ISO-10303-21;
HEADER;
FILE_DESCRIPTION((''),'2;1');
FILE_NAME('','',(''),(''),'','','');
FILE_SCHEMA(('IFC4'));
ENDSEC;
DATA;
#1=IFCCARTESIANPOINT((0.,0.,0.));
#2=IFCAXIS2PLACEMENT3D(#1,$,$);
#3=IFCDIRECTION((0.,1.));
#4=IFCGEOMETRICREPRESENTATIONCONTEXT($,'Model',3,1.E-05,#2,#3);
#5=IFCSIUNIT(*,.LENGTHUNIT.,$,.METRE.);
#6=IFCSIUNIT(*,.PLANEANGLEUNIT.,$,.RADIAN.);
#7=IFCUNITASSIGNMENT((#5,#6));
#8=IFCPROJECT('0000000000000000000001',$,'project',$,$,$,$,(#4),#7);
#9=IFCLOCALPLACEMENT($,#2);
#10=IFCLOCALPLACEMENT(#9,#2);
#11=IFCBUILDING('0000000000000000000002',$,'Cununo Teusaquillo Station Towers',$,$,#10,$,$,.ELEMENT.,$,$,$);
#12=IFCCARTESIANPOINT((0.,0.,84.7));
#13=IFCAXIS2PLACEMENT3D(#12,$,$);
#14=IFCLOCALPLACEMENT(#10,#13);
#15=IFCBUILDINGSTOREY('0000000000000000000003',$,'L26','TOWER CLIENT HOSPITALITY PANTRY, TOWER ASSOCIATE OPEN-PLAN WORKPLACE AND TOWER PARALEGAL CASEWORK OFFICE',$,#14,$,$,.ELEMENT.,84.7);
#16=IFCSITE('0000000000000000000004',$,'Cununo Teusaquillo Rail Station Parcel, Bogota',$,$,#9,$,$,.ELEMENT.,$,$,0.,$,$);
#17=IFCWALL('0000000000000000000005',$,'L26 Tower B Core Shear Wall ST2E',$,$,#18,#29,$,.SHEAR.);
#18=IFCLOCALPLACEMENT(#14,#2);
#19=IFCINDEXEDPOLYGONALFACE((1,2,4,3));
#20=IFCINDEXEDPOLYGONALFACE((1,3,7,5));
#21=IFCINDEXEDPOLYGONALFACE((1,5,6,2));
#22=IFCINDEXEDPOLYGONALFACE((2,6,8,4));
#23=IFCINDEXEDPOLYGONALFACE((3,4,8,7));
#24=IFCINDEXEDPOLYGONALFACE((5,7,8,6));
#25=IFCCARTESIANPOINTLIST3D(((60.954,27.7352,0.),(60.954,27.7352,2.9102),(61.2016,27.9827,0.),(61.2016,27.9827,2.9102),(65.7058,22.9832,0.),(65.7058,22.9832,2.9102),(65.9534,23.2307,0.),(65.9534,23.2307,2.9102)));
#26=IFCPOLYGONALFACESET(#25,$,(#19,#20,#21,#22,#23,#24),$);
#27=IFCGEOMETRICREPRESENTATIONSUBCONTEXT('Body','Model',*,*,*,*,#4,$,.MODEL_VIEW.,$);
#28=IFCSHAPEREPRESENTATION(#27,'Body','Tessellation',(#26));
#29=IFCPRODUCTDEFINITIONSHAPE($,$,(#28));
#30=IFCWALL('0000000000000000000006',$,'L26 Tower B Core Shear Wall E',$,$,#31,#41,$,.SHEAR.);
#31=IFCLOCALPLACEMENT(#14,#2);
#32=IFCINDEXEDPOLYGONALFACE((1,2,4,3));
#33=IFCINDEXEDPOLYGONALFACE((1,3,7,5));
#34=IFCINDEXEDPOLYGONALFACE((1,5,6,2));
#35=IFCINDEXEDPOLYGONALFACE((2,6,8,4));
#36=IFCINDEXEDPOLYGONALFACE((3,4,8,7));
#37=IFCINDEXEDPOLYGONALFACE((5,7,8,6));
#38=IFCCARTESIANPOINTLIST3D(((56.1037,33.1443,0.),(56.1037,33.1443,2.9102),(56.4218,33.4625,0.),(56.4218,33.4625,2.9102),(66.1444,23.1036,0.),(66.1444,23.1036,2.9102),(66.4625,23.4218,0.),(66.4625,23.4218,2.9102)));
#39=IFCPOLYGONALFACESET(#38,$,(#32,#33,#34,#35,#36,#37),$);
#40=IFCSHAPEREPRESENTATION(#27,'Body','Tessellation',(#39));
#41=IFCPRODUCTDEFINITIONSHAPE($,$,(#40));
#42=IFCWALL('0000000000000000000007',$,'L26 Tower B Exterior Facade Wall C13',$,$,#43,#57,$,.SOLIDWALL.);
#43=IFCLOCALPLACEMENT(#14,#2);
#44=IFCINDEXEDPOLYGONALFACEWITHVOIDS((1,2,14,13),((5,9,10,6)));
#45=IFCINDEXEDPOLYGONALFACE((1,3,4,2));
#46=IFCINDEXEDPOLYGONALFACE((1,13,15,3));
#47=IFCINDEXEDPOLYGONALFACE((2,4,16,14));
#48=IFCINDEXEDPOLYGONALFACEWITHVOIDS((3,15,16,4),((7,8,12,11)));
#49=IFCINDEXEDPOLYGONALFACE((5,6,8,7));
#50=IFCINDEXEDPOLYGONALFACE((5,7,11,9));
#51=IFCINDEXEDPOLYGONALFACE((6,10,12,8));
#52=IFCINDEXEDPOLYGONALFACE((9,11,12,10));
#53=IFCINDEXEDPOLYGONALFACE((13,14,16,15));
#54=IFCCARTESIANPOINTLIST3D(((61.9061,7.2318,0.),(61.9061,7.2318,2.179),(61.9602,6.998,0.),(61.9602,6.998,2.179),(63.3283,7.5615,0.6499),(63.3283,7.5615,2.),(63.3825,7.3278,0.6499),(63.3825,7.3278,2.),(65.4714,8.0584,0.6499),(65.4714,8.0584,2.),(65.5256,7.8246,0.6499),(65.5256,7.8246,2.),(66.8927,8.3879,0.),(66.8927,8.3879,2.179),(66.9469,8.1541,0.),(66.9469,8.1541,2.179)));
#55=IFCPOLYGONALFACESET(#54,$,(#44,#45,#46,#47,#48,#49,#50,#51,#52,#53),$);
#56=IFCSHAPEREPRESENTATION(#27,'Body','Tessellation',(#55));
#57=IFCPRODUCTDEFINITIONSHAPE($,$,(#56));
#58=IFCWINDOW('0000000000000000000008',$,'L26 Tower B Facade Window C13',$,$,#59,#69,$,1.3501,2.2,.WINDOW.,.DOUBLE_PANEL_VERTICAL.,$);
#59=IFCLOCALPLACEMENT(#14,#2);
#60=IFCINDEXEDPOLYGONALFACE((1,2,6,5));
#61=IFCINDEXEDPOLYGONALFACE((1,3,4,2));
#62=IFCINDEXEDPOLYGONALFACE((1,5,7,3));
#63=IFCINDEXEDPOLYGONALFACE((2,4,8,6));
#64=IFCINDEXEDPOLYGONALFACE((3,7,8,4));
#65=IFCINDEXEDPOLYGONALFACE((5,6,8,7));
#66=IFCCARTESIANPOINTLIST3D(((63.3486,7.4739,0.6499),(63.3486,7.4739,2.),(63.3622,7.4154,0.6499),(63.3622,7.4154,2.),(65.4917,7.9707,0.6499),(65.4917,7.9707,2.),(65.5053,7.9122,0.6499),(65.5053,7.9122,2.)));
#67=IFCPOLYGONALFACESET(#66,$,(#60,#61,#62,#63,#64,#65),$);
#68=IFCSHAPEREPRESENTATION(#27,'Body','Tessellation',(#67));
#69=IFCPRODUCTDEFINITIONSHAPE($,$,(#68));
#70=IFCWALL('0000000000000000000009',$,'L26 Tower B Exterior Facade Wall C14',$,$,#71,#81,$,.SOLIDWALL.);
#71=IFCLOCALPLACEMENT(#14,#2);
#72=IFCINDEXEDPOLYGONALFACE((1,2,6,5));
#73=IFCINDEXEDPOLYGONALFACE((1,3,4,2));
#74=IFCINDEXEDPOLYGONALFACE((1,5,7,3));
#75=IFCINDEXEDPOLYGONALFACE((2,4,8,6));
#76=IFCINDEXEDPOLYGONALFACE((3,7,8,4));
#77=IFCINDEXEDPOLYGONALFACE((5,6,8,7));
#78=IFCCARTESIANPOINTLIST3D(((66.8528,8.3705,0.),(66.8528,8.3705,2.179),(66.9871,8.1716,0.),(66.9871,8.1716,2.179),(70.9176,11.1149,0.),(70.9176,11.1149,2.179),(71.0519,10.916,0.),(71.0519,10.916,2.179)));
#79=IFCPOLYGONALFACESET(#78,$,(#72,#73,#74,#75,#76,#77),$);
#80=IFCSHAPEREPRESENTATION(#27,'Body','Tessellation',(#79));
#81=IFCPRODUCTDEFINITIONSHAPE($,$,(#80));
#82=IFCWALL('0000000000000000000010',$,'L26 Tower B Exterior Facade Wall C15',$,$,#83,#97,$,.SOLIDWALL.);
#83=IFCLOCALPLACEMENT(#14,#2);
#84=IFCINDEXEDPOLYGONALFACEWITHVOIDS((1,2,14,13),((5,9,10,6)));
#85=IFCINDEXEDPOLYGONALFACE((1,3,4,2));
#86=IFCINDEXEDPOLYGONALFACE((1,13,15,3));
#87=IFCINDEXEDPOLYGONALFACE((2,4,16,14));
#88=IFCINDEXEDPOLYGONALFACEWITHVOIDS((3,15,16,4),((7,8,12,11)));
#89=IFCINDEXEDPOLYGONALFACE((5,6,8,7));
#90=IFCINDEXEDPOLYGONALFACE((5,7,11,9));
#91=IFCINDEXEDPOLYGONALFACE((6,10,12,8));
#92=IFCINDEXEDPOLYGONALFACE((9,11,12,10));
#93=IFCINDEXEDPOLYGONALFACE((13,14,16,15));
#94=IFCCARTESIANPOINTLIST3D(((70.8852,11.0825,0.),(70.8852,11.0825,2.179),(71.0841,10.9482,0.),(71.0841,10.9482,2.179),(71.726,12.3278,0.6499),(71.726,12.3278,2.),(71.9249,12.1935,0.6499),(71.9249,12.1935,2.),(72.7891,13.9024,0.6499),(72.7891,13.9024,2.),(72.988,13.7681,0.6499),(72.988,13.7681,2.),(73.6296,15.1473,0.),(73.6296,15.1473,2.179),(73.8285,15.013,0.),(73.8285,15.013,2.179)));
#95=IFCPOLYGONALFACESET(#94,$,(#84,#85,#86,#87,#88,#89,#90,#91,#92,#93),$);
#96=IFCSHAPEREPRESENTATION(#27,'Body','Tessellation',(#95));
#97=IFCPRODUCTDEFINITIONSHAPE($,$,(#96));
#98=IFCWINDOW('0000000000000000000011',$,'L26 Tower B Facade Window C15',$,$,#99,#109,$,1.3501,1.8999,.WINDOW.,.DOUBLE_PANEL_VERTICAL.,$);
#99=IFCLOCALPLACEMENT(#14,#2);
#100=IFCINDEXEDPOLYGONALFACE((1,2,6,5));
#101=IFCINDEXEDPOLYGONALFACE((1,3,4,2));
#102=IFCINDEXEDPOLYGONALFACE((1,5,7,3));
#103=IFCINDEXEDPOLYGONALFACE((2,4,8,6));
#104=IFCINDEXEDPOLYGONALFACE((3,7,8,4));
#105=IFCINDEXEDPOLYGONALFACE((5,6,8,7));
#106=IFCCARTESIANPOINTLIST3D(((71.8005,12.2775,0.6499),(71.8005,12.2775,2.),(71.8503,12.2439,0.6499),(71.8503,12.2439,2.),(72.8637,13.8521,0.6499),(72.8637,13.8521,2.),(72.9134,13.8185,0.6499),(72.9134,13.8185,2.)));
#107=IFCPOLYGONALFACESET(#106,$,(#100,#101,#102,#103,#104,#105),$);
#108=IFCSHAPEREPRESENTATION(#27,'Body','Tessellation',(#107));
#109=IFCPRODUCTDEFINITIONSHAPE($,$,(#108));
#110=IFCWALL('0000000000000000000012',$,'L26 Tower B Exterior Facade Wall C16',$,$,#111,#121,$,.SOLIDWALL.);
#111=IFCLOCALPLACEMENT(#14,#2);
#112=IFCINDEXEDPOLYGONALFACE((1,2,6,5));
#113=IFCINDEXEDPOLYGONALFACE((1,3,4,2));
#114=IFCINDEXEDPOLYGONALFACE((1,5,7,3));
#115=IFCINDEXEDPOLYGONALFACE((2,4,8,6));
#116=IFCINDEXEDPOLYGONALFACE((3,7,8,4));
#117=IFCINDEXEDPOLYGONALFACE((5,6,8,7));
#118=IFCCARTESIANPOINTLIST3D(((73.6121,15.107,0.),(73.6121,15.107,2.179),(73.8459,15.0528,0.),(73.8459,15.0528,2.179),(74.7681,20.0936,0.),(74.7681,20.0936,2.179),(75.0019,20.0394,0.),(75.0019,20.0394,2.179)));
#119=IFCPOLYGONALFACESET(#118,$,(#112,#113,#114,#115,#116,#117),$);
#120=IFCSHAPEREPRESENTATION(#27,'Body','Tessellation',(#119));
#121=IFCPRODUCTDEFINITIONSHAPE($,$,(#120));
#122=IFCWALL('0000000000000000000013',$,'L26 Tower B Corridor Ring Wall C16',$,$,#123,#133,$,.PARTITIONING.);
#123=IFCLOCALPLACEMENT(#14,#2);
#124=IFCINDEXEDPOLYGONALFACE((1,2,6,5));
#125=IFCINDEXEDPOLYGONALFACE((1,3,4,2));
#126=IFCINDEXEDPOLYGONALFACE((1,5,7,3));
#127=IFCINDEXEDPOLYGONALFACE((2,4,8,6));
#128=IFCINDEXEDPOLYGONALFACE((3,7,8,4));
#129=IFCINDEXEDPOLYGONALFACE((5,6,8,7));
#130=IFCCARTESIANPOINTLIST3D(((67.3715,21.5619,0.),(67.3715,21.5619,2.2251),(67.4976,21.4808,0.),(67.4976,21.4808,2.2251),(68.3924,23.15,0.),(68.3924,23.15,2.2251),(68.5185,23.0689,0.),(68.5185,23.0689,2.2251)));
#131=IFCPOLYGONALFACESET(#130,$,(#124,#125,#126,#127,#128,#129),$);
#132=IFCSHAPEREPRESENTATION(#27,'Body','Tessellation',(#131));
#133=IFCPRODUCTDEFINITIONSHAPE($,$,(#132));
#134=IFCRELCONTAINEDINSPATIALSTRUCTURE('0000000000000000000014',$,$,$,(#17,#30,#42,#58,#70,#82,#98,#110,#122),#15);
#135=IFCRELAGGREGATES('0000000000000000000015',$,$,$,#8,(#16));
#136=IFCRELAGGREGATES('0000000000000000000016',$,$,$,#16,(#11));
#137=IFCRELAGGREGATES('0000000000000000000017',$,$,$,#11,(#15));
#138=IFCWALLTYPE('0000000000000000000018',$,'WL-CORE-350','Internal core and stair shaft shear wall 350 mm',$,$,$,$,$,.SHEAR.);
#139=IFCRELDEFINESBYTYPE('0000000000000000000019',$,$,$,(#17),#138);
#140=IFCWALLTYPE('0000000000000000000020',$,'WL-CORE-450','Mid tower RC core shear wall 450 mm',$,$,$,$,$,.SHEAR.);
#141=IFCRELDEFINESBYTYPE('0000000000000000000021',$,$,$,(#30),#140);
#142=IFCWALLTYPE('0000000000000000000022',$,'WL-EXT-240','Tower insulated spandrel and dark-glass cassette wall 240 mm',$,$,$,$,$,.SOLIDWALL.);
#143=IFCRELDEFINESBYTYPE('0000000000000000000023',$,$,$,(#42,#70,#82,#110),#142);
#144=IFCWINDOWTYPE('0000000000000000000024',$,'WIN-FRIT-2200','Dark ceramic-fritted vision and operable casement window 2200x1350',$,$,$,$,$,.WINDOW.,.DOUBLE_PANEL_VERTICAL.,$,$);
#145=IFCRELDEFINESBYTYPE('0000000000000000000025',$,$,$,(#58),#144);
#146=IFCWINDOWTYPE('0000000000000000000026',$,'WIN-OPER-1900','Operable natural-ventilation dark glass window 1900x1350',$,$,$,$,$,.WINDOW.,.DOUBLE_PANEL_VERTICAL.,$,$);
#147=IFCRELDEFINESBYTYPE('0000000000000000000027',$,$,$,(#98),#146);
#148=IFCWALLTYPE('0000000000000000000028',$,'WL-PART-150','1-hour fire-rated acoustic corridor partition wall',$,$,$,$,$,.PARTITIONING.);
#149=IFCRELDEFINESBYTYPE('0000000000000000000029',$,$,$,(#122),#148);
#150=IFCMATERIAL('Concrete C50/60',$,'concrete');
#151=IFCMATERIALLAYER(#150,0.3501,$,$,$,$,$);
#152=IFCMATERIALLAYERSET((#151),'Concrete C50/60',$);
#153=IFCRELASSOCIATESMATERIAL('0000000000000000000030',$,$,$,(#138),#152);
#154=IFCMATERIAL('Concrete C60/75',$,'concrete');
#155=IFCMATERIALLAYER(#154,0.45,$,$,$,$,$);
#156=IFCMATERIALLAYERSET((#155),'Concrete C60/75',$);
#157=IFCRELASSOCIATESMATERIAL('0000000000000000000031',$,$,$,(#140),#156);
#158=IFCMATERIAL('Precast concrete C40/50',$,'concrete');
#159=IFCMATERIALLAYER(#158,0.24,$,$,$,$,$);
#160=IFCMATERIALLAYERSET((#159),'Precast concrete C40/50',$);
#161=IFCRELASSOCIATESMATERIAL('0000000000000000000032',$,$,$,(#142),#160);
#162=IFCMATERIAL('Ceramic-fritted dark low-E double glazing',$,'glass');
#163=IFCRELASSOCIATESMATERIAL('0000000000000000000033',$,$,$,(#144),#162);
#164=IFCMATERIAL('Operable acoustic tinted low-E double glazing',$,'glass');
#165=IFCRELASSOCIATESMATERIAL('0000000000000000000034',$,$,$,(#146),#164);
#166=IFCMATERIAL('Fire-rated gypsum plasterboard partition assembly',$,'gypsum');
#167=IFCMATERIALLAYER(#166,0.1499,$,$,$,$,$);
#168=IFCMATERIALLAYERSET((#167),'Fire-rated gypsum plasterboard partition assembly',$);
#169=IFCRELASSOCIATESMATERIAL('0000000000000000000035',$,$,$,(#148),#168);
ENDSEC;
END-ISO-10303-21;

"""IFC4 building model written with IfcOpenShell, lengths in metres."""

from ifc_helpers import new_model, si_unit, direction, frame, frame_2d, origin, place, context, subcontext, project, spatial, rectangle, extrude, source, transform, mapped, material, layer, layer_set, type_object, element, fill, save


model = new_model("IFC4")

# Units and contexts
model_context = context("Model", 3, precision=1e-05, world=origin(), true_north=direction((0.0, 1.0)))
body_context = subcontext(model_context, "Body", "Model", "MODEL_VIEW")
ifc_project = project(units=[si_unit("LENGTHUNIT", "METRE"), si_unit("PLANEANGLEUNIT", "RADIAN")], contexts=[model_context])

# Site, building, storey
site_placement = place(None, origin())
site = spatial("IfcSite", under=ifc_project, at=site_placement, Name="Cununo Teusaquillo Rail Station Parcel, Bogota", CompositionType="ELEMENT", RefElevation=0.0)
building_placement = place(site_placement, origin())
building = spatial("IfcBuilding", under=site, at=building_placement, Name="Cununo Teusaquillo Station Towers", CompositionType="ELEMENT")
storey_placement = place(building_placement, frame((0.0, 0.0, 84.7)))
storey = spatial("IfcBuildingStorey", under=building, at=storey_placement, Name="L26", Description="TOWER CLIENT HOSPITALITY PANTRY, TOWER ASSOCIATE OPEN-PLAN WORKPLACE AND TOWER PARALEGAL CASEWORK OFFICE", CompositionType="ELEMENT", Elevation=84.7)

# Walls
ifc_material_1 = material(Name="Concrete C50/60", Category="concrete")
ifc_layer_1 = layer(ifc_material_1, 0.3501)
ifc_layer_set_1 = layer_set([ifc_layer_1], Name="Concrete C50/60")
wall_type_1 = type_object("IfcWallType", Name="WL-CORE-350", Description="Internal core and stair shaft shear wall 350 mm", PredefinedType="SHEAR", material=ifc_layer_set_1)
wall_1_placement = place(storey_placement, frame((65.8296, 23.1069, 0.0), z_axis=(0.0, 0.0, 1.0), x_axis=(-0.707089, 0.707125, 0.0)))
element("IfcWall", 1, at=wall_1_placement, inside=storey, type_object=wall_type_1, Name="L26 Tower B Core Shear Wall ST2E", PredefinedType="SHEAR", context=body_context, shape_type="SweptSolid", body=[
    extrude(rectangle(XDim=6.7202, YDim=0.3501, at=frame_2d((3.3601, 0.0))), origin(), (0.0, 0.0, 1.0), 2.9102),
])
ifc_material_2 = material(Name="Concrete C60/75", Category="concrete")
ifc_layer_2 = layer(ifc_material_2, 0.45)
ifc_layer_set_2 = layer_set([ifc_layer_2], Name="Concrete C60/75")
wall_type_2 = type_object("IfcWallType", Name="WL-CORE-450", Description="Mid tower RC core shear wall 450 mm", PredefinedType="SHEAR", material=ifc_layer_set_2)
wall_2_placement = place(storey_placement, frame((66.3035, 23.2627, 0.0), z_axis=(0.0, 0.0, 1.0), x_axis=(-0.707107, 0.707107, 0.0)))
element("IfcWall", 2, at=wall_2_placement, inside=storey, type_object=wall_type_2, Name="L26 Tower B Core Shear Wall E", PredefinedType="SHEAR", context=body_context, shape_type="SweptSolid", body=[
    extrude(rectangle(XDim=14.1997, YDim=0.45, at=frame_2d((7.0999, 0.0))), origin(), (0.0, 0.0, 1.0), 2.9102),
])

# Wall, opening, window
ifc_material_3 = material(Name="Precast concrete C40/50", Category="concrete")
ifc_layer_3 = layer(ifc_material_3, 0.24)
ifc_layer_set_3 = layer_set([ifc_layer_3], Name="Precast concrete C40/50")
wall_type_3 = type_object("IfcWallType", Name="WL-EXT-240", Description="Tower insulated spandrel and dark-glass cassette wall 240 mm", PredefinedType="SOLIDWALL", material=ifc_layer_set_3)
wall_3_placement = place(storey_placement, frame((66.9199, 8.271, 0.0), z_axis=(0.0, 0.0, 1.0), x_axis=(-0.974166, -0.225835, 0.0)))
wall_3 = element("IfcWall", 3, at=wall_3_placement, inside=storey, type_object=wall_type_3, Name="L26 Tower B Exterior Facade Wall C13", PredefinedType="SOLIDWALL", context=body_context, shape_type="SweptSolid", body=[
    extrude(rectangle(XDim=5.1189, YDim=0.24, at=frame_2d((2.5596, 0.0))), origin(), (0.0, 0.0, 1.0), 2.179),
])
shared_shape_1 = source(origin(), body_context, "Body", "SweptSolid", [
    extrude(rectangle(XDim=2.2, YDim=1.3501, at=frame_2d((1.1001, 0.675))), frame((0.0, 0.1299, 0.0), z_axis=(0.0, -1.0, 0.0), x_axis=(1.0, 0.0, 0.0)), (0.0, 0.0, 1.0), 0.26),
])
opening_1_placement = place(wall_3_placement, frame((1.459, 0.0, 0.6499)))
opening_1 = element("IfcOpeningElement", 4, at=opening_1_placement, cuts=wall_3, PredefinedType="OPENING", context=body_context, shape_type="MappedRepresentation", body=[
    mapped(shared_shape_1, transform((0.0, 0.0, 0.0), x_axis=(1.0, 0.0, 0.0), y_axis=(0.0, 1.0, 0.0), z_axis=(0.0, 0.0, 1.0), scale=1.0)),
])
ifc_material_4 = material(Name="Ceramic-fritted dark low-E double glazing", Category="glass")
window_type_1 = type_object("IfcWindowType", Name="WIN-FRIT-2200", Description="Dark ceramic-fritted vision and operable casement window 2200x1350", PartitioningType="DOUBLE_PANEL_VERTICAL", PredefinedType="WINDOW", material=ifc_material_4)
shared_shape_2 = source(origin(), body_context, "Body", "SweptSolid", [
    extrude(rectangle(XDim=2.2, YDim=1.3501, at=frame_2d((1.1001, 0.675))), frame((0.0, 0.03, 0.0), z_axis=(0.0, -1.0, 0.0), x_axis=(1.0, 0.0, 0.0)), (0.0, 0.0, 1.0), 0.0601),
])
window_1_placement = place(opening_1_placement, origin())
window_1 = element("IfcWindow", 5, at=window_1_placement, inside=storey, type_object=window_type_1, Name="L26 Tower B Facade Window C13", OverallHeight=1.3501, OverallWidth=2.2, PartitioningType="DOUBLE_PANEL_VERTICAL", PredefinedType="WINDOW", context=body_context, shape_type="MappedRepresentation", body=[
    mapped(shared_shape_2, transform((0.0, 0.0, 0.0), x_axis=(1.0, 0.0, 0.0), y_axis=(0.0, 1.0, 0.0), z_axis=(0.0, 0.0, 1.0), scale=1.0)),
])
fill(opening_1, window_1)

# Wall
wall_4_placement = place(storey_placement, frame((70.9846, 11.0154, 0.0), z_axis=(0.0, 0.0, 1.0), x_axis=(-0.828781, -0.559573, 0.0)))
element("IfcWall", 6, at=wall_4_placement, inside=storey, type_object=wall_type_3, Name="L26 Tower B Exterior Facade Wall C14", PredefinedType="SOLIDWALL", context=body_context, shape_type="SweptSolid", body=[
    extrude(rectangle(XDim=4.9045, YDim=0.24, at=frame_2d((2.4521, 0.0))), origin(), (0.0, 0.0, 1.0), 2.179),
])

# Wall, opening, window
wall_5_placement = place(storey_placement, frame((73.729, 15.0801, 0.0), z_axis=(0.0, 0.0, 1.0), x_axis=(-0.559573, -0.828781, 0.0)))
wall_5 = element("IfcWall", 7, at=wall_5_placement, inside=storey, type_object=wall_type_3, Name="L26 Tower B Exterior Facade Wall C15", PredefinedType="SOLIDWALL", context=body_context, shape_type="SweptSolid", body=[
    extrude(rectangle(XDim=4.9045, YDim=0.24, at=frame_2d((2.4521, 0.0))), origin(), (0.0, 0.0, 1.0), 2.179),
])
shared_shape_3 = source(origin(), body_context, "Body", "SweptSolid", [
    extrude(rectangle(XDim=1.8999, YDim=1.3501, at=frame_2d((0.95, 0.675))), frame((0.0, 0.1299, 0.0), z_axis=(0.0, -1.0, 0.0), x_axis=(1.0, 0.0, 0.0)), (0.0, 0.0, 1.0), 0.26),
])
opening_2_placement = place(wall_5_placement, frame((1.502, 0.0, 0.6499)))
opening_2 = element("IfcOpeningElement", 8, at=opening_2_placement, cuts=wall_5, PredefinedType="OPENING", context=body_context, shape_type="MappedRepresentation", body=[
    mapped(shared_shape_3, transform((0.0, 0.0, 0.0), x_axis=(1.0, 0.0, 0.0), y_axis=(0.0, 1.0, 0.0), z_axis=(0.0, 0.0, 1.0), scale=1.0)),
])
ifc_material_5 = material(Name="Operable acoustic tinted low-E double glazing", Category="glass")
window_type_2 = type_object("IfcWindowType", Name="WIN-OPER-1900", Description="Operable natural-ventilation dark glass window 1900x1350", PartitioningType="DOUBLE_PANEL_VERTICAL", PredefinedType="WINDOW", material=ifc_material_5)
shared_shape_4 = source(origin(), body_context, "Body", "SweptSolid", [
    extrude(rectangle(XDim=1.8999, YDim=1.3501, at=frame_2d((0.95, 0.675))), frame((0.0, 0.03, 0.0), z_axis=(0.0, -1.0, 0.0), x_axis=(1.0, 0.0, 0.0)), (0.0, 0.0, 1.0), 0.0601),
])
window_2_placement = place(opening_2_placement, origin())
window_2 = element("IfcWindow", 9, at=window_2_placement, inside=storey, type_object=window_type_2, Name="L26 Tower B Facade Window C15", OverallHeight=1.3501, OverallWidth=1.8999, PartitioningType="DOUBLE_PANEL_VERTICAL", PredefinedType="WINDOW", context=body_context, shape_type="MappedRepresentation", body=[
    mapped(shared_shape_4, transform((0.0, 0.0, 0.0), x_axis=(1.0, 0.0, 0.0), y_axis=(0.0, 1.0, 0.0), z_axis=(0.0, 0.0, 1.0), scale=1.0)),
])
fill(opening_2, window_2)

# Walls
wall_6_placement = place(storey_placement, frame((74.885, 20.0667, 0.0), z_axis=(0.0, 0.0, 1.0), x_axis=(-0.225835, -0.974166, 0.0)))
element("IfcWall", 10, at=wall_6_placement, inside=storey, type_object=wall_type_3, Name="L26 Tower B Exterior Facade Wall C16", PredefinedType="SOLIDWALL", context=body_context, shape_type="SweptSolid", body=[
    extrude(rectangle(XDim=5.1189, YDim=0.24, at=frame_2d((2.5596, 0.0))), origin(), (0.0, 0.0, 1.0), 2.179),
])
ifc_material_6 = material(Name="Fire-rated gypsum plasterboard partition assembly", Category="gypsum")
ifc_layer_4 = layer(ifc_material_6, 0.1499)
ifc_layer_set_4 = layer_set([ifc_layer_4], Name="Fire-rated gypsum plasterboard partition assembly")
wall_type_4 = type_object("IfcWallType", Name="WL-PART-150", Description="1-hour fire-rated acoustic corridor partition wall", PredefinedType="PARTITIONING", material=ifc_layer_set_4)
wall_7_placement = place(storey_placement, frame((67.4346, 21.5215, 0.0), z_axis=(0.0, 0.0, 1.0), x_axis=(0.540777, 0.841166, 0.0)))
element("IfcWall", 11, at=wall_7_placement, inside=storey, type_object=wall_type_4, Name="L26 Tower B Corridor Ring Wall C16", PredefinedType="PARTITIONING", context=body_context, shape_type="SweptSolid", body=[
    extrude(rectangle(XDim=1.8879, YDim=0.1499, at=frame_2d((0.9438, 0.0))), origin(), (0.0, 0.0, 1.0), 2.2251),
])

save(model, "model.ifc")
